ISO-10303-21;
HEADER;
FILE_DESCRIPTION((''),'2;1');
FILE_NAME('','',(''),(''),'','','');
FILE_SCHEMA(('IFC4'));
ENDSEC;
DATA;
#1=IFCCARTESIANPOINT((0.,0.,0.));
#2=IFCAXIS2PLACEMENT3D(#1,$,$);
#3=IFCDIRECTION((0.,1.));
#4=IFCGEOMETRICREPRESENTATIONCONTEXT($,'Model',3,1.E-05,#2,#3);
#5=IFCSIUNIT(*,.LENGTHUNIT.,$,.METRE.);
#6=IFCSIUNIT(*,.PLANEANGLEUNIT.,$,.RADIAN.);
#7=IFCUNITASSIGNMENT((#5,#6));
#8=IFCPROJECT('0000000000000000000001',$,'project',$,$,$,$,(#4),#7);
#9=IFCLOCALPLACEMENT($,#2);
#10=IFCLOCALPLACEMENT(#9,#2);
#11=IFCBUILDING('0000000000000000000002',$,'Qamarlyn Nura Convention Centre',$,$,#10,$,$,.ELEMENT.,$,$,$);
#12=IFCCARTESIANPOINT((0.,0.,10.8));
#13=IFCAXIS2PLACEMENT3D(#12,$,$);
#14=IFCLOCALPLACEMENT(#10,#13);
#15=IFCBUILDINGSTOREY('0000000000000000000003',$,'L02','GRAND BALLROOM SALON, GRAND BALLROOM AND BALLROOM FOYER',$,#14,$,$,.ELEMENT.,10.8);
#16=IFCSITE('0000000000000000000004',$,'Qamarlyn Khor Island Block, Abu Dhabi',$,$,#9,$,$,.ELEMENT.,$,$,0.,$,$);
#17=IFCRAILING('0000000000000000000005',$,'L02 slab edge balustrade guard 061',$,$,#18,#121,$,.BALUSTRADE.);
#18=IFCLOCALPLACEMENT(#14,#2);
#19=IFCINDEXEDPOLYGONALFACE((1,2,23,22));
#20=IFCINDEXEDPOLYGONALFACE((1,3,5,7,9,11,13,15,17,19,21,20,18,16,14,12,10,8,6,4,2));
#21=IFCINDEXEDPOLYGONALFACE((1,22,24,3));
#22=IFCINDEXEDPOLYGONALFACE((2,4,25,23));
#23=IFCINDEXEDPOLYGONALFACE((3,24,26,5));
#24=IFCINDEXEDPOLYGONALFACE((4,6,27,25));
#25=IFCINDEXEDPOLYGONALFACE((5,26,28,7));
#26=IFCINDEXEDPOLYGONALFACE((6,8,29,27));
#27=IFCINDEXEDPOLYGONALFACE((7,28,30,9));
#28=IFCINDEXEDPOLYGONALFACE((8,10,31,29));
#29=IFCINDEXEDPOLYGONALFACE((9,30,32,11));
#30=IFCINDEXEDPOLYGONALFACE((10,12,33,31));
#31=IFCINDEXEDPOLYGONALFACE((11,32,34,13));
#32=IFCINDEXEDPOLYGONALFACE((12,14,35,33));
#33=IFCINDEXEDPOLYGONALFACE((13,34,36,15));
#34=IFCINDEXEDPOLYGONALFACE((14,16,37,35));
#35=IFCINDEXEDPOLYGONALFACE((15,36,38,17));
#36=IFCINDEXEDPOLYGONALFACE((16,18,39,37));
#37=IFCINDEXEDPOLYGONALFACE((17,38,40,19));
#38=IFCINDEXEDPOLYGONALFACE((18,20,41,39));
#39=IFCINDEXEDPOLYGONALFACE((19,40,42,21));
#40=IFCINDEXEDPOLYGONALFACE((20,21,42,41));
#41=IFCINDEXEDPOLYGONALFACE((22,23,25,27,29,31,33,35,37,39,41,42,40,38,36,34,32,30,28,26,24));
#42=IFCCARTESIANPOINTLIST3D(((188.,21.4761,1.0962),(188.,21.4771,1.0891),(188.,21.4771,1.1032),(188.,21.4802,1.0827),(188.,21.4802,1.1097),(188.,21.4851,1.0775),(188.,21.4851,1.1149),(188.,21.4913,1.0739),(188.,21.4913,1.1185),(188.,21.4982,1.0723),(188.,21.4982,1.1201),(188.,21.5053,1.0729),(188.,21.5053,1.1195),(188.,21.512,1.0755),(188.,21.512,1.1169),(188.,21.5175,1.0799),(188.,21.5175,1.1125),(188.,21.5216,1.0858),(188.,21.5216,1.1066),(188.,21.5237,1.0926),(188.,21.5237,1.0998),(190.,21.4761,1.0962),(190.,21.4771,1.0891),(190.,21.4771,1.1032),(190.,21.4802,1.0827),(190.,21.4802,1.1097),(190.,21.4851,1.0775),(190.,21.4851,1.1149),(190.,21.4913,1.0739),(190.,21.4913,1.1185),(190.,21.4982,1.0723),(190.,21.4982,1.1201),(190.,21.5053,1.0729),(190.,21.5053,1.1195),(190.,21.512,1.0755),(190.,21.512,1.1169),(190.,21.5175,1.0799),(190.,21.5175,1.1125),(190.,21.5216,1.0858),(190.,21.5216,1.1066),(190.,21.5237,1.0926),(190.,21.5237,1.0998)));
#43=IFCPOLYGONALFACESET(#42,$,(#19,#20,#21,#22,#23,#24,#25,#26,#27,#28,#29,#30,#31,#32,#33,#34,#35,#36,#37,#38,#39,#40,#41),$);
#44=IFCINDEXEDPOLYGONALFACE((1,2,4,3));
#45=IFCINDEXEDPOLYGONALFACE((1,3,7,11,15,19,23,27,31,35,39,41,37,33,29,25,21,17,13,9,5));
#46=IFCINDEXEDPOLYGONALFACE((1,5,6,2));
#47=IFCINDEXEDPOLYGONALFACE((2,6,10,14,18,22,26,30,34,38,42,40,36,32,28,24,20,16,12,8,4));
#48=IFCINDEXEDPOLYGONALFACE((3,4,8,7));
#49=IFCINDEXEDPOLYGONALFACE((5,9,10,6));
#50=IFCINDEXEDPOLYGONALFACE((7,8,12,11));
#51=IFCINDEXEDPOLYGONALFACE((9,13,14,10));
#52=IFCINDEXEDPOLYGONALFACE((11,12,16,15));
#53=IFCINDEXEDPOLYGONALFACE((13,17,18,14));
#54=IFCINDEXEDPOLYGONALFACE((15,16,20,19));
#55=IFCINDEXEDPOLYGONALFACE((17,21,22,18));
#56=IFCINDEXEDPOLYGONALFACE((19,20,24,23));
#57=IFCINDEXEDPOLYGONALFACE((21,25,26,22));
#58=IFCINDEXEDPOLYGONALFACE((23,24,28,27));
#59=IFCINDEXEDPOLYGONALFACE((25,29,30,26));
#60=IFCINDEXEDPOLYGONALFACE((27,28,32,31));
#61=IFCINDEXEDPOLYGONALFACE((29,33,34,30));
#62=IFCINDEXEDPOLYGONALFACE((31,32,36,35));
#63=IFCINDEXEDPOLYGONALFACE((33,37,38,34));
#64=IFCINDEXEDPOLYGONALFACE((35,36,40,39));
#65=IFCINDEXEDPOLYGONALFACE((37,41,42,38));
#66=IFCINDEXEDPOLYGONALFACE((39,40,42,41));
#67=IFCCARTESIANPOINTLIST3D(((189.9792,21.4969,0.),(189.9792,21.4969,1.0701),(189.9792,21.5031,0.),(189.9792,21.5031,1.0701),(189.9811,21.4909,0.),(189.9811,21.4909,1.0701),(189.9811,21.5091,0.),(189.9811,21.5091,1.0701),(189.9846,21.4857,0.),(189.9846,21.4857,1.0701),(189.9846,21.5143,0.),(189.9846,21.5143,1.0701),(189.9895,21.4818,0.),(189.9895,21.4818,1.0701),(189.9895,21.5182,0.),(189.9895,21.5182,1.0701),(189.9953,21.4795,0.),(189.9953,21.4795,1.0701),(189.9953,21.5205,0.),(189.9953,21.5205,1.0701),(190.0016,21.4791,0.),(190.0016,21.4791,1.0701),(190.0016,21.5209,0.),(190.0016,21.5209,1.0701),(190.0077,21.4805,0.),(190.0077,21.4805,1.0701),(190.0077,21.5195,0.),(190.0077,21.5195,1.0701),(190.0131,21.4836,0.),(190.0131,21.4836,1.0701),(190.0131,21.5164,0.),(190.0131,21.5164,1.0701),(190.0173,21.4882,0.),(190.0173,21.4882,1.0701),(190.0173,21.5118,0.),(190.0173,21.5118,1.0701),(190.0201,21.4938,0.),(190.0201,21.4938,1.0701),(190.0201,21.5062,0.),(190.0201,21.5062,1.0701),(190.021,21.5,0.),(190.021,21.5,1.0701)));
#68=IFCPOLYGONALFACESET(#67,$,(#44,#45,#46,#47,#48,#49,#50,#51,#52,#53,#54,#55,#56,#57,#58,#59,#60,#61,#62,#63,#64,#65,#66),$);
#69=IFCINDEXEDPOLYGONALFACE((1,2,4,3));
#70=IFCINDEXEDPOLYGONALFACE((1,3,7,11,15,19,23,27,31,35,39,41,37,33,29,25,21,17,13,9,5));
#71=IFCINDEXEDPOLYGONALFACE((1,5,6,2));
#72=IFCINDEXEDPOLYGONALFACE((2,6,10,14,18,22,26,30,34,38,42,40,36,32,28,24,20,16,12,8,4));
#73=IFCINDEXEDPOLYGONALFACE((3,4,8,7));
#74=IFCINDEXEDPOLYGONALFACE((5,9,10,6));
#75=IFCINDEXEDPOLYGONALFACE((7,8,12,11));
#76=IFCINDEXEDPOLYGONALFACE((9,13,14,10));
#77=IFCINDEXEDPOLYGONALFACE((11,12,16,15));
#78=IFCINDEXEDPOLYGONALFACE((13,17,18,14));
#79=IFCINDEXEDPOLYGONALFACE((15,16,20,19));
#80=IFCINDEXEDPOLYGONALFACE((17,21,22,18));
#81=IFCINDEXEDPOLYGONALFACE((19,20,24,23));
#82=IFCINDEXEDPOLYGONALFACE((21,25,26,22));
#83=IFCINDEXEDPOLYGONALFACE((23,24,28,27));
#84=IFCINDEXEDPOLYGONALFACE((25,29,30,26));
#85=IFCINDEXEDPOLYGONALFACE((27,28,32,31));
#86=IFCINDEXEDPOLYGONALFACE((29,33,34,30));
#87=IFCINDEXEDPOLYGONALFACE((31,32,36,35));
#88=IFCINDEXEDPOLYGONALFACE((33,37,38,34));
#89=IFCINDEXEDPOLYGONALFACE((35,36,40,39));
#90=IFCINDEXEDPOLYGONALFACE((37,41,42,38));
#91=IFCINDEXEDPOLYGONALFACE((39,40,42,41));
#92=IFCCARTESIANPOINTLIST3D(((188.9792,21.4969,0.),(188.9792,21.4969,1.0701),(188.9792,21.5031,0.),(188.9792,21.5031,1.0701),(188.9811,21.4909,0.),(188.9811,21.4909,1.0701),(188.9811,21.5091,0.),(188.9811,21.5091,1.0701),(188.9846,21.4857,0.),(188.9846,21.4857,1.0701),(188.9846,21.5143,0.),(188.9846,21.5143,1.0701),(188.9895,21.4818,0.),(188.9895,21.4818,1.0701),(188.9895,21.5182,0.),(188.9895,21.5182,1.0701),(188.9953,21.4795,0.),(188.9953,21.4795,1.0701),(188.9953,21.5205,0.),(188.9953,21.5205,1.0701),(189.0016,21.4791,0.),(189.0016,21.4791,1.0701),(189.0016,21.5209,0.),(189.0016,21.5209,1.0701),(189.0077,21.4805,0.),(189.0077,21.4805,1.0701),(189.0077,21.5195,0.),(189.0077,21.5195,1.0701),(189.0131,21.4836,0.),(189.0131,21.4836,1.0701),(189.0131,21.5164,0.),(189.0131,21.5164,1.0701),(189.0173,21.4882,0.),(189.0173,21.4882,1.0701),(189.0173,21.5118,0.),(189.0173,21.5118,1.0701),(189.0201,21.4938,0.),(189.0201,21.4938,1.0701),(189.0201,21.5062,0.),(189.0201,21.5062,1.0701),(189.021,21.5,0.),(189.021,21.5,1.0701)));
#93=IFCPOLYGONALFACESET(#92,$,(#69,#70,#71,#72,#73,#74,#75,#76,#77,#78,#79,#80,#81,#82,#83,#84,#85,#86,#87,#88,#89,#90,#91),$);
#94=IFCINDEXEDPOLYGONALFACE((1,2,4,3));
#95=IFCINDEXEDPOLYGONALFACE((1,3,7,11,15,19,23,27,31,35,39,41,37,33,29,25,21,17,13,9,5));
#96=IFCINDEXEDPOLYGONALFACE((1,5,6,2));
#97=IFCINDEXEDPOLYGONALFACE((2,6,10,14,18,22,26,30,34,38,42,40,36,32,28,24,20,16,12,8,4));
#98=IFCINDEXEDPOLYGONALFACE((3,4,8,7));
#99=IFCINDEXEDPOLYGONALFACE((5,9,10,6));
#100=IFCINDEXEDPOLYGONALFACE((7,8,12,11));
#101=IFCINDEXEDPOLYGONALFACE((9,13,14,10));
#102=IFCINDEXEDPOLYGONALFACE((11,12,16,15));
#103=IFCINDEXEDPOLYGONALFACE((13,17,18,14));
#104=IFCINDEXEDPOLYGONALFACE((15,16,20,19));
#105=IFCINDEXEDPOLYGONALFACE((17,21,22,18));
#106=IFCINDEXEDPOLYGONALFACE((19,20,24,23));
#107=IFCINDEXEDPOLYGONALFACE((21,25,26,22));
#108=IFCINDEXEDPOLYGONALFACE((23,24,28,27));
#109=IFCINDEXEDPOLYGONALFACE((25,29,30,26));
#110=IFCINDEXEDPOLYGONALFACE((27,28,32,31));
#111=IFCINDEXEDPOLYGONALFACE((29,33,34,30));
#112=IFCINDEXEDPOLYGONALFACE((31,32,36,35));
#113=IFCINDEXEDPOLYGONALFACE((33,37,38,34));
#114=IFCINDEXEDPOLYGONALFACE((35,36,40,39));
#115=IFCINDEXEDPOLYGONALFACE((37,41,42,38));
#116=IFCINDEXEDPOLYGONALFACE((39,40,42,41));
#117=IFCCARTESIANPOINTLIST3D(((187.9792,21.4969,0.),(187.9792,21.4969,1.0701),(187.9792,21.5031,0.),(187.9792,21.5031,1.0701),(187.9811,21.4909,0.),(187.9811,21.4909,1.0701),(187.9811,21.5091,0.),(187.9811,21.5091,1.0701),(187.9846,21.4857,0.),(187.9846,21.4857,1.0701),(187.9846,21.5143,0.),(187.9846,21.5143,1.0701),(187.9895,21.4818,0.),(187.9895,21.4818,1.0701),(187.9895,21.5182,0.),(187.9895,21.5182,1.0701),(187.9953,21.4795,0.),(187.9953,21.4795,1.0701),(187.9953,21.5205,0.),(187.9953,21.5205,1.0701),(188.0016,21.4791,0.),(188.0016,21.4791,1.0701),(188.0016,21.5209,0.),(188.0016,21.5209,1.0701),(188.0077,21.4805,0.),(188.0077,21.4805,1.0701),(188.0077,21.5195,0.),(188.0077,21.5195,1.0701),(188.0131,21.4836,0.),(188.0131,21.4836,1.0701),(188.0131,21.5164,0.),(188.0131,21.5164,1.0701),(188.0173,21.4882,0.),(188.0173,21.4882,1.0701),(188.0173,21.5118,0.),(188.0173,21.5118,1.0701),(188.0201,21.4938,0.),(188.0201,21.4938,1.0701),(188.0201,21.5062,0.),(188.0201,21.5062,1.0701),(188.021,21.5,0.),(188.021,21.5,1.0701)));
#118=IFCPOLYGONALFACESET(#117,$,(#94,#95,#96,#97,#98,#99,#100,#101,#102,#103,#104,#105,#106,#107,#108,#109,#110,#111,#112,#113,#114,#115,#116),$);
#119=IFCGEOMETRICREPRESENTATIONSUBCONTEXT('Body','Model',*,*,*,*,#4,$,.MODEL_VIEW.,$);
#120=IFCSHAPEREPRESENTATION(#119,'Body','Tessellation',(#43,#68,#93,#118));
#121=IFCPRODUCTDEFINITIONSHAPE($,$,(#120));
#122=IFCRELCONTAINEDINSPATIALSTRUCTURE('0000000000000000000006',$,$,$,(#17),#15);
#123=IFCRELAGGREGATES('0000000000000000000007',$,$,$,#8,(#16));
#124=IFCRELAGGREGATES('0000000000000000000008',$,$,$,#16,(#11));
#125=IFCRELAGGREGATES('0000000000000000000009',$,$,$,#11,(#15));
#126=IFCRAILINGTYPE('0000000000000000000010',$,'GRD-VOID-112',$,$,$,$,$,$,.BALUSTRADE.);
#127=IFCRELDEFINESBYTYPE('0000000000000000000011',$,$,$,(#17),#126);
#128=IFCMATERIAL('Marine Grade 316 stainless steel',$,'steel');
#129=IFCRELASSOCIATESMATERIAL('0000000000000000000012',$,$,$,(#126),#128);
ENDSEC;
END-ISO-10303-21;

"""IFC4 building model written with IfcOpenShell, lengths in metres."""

from ifc_helpers import new_model, si_unit, direction, frame, origin, origin_2d, place, context, subcontext, project, spatial, circle, extrude, material, type_object, element, save


model = new_model("IFC4")

# Units and contexts
model_context = context("Model", 3, precision=1e-05, world=origin(), true_north=direction((0.0, 1.0)))
body_context = subcontext(model_context, "Body", "Model", "MODEL_VIEW")
ifc_project = project(units=[si_unit("LENGTHUNIT", "METRE"), si_unit("PLANEANGLEUNIT", "RADIAN")], contexts=[model_context])

# Site, building, storey
site_placement = place(None, origin())
site = spatial("IfcSite", under=ifc_project, at=site_placement, Name="Qamarlyn Khor Island Block, Abu Dhabi", CompositionType="ELEMENT", RefElevation=0.0)
building_placement = place(site_placement, origin())
building = spatial("IfcBuilding", under=site, at=building_placement, Name="Qamarlyn Nura Convention Centre", CompositionType="ELEMENT")
storey_placement = place(building_placement, frame((0.0, 0.0, 10.8)))
storey = spatial("IfcBuildingStorey", under=building, at=storey_placement, Name="L02", Description="GRAND BALLROOM SALON, GRAND BALLROOM AND BALLROOM FOYER", CompositionType="ELEMENT", Elevation=10.8)

# Railing
ifc_material_1 = material(Name="Marine Grade 316 stainless steel", Category="steel")
railing_type = type_object("IfcRailingType", Name="GRD-VOID-112", PredefinedType="BALUSTRADE", material=ifc_material_1)
railing_1_placement = place(storey_placement, frame((190.0, 21.5, 0.0)))
element("IfcRailing", 1, at=railing_1_placement, inside=storey, type_object=railing_type, Name="L02 slab edge balustrade guard 061", PredefinedType="BALUSTRADE", context=body_context, shape_type="SweptSolid", body=[
    extrude(circle(Radius=0.0239, at=origin_2d()), frame((0.0, 0.0, 1.0962), z_axis=(-1.0, 0.0, 0.0), x_axis=(0.0, -1.0, 0.0)), (0.0, 0.0, 1.0), 2.0),
    extrude(circle(Radius=0.021, at=origin_2d()), origin(), (0.0, 0.0, 1.0), 1.0701),
    extrude(circle(Radius=0.021, at=origin_2d()), frame((-1.0, 0.0, 0.0)), (0.0, 0.0, 1.0), 1.0701),
    extrude(circle(Radius=0.021, at=origin_2d()), frame((-2.0, 0.0, 0.0)), (0.0, 0.0, 1.0), 1.0701),
])

save(model, "model.ifc")
